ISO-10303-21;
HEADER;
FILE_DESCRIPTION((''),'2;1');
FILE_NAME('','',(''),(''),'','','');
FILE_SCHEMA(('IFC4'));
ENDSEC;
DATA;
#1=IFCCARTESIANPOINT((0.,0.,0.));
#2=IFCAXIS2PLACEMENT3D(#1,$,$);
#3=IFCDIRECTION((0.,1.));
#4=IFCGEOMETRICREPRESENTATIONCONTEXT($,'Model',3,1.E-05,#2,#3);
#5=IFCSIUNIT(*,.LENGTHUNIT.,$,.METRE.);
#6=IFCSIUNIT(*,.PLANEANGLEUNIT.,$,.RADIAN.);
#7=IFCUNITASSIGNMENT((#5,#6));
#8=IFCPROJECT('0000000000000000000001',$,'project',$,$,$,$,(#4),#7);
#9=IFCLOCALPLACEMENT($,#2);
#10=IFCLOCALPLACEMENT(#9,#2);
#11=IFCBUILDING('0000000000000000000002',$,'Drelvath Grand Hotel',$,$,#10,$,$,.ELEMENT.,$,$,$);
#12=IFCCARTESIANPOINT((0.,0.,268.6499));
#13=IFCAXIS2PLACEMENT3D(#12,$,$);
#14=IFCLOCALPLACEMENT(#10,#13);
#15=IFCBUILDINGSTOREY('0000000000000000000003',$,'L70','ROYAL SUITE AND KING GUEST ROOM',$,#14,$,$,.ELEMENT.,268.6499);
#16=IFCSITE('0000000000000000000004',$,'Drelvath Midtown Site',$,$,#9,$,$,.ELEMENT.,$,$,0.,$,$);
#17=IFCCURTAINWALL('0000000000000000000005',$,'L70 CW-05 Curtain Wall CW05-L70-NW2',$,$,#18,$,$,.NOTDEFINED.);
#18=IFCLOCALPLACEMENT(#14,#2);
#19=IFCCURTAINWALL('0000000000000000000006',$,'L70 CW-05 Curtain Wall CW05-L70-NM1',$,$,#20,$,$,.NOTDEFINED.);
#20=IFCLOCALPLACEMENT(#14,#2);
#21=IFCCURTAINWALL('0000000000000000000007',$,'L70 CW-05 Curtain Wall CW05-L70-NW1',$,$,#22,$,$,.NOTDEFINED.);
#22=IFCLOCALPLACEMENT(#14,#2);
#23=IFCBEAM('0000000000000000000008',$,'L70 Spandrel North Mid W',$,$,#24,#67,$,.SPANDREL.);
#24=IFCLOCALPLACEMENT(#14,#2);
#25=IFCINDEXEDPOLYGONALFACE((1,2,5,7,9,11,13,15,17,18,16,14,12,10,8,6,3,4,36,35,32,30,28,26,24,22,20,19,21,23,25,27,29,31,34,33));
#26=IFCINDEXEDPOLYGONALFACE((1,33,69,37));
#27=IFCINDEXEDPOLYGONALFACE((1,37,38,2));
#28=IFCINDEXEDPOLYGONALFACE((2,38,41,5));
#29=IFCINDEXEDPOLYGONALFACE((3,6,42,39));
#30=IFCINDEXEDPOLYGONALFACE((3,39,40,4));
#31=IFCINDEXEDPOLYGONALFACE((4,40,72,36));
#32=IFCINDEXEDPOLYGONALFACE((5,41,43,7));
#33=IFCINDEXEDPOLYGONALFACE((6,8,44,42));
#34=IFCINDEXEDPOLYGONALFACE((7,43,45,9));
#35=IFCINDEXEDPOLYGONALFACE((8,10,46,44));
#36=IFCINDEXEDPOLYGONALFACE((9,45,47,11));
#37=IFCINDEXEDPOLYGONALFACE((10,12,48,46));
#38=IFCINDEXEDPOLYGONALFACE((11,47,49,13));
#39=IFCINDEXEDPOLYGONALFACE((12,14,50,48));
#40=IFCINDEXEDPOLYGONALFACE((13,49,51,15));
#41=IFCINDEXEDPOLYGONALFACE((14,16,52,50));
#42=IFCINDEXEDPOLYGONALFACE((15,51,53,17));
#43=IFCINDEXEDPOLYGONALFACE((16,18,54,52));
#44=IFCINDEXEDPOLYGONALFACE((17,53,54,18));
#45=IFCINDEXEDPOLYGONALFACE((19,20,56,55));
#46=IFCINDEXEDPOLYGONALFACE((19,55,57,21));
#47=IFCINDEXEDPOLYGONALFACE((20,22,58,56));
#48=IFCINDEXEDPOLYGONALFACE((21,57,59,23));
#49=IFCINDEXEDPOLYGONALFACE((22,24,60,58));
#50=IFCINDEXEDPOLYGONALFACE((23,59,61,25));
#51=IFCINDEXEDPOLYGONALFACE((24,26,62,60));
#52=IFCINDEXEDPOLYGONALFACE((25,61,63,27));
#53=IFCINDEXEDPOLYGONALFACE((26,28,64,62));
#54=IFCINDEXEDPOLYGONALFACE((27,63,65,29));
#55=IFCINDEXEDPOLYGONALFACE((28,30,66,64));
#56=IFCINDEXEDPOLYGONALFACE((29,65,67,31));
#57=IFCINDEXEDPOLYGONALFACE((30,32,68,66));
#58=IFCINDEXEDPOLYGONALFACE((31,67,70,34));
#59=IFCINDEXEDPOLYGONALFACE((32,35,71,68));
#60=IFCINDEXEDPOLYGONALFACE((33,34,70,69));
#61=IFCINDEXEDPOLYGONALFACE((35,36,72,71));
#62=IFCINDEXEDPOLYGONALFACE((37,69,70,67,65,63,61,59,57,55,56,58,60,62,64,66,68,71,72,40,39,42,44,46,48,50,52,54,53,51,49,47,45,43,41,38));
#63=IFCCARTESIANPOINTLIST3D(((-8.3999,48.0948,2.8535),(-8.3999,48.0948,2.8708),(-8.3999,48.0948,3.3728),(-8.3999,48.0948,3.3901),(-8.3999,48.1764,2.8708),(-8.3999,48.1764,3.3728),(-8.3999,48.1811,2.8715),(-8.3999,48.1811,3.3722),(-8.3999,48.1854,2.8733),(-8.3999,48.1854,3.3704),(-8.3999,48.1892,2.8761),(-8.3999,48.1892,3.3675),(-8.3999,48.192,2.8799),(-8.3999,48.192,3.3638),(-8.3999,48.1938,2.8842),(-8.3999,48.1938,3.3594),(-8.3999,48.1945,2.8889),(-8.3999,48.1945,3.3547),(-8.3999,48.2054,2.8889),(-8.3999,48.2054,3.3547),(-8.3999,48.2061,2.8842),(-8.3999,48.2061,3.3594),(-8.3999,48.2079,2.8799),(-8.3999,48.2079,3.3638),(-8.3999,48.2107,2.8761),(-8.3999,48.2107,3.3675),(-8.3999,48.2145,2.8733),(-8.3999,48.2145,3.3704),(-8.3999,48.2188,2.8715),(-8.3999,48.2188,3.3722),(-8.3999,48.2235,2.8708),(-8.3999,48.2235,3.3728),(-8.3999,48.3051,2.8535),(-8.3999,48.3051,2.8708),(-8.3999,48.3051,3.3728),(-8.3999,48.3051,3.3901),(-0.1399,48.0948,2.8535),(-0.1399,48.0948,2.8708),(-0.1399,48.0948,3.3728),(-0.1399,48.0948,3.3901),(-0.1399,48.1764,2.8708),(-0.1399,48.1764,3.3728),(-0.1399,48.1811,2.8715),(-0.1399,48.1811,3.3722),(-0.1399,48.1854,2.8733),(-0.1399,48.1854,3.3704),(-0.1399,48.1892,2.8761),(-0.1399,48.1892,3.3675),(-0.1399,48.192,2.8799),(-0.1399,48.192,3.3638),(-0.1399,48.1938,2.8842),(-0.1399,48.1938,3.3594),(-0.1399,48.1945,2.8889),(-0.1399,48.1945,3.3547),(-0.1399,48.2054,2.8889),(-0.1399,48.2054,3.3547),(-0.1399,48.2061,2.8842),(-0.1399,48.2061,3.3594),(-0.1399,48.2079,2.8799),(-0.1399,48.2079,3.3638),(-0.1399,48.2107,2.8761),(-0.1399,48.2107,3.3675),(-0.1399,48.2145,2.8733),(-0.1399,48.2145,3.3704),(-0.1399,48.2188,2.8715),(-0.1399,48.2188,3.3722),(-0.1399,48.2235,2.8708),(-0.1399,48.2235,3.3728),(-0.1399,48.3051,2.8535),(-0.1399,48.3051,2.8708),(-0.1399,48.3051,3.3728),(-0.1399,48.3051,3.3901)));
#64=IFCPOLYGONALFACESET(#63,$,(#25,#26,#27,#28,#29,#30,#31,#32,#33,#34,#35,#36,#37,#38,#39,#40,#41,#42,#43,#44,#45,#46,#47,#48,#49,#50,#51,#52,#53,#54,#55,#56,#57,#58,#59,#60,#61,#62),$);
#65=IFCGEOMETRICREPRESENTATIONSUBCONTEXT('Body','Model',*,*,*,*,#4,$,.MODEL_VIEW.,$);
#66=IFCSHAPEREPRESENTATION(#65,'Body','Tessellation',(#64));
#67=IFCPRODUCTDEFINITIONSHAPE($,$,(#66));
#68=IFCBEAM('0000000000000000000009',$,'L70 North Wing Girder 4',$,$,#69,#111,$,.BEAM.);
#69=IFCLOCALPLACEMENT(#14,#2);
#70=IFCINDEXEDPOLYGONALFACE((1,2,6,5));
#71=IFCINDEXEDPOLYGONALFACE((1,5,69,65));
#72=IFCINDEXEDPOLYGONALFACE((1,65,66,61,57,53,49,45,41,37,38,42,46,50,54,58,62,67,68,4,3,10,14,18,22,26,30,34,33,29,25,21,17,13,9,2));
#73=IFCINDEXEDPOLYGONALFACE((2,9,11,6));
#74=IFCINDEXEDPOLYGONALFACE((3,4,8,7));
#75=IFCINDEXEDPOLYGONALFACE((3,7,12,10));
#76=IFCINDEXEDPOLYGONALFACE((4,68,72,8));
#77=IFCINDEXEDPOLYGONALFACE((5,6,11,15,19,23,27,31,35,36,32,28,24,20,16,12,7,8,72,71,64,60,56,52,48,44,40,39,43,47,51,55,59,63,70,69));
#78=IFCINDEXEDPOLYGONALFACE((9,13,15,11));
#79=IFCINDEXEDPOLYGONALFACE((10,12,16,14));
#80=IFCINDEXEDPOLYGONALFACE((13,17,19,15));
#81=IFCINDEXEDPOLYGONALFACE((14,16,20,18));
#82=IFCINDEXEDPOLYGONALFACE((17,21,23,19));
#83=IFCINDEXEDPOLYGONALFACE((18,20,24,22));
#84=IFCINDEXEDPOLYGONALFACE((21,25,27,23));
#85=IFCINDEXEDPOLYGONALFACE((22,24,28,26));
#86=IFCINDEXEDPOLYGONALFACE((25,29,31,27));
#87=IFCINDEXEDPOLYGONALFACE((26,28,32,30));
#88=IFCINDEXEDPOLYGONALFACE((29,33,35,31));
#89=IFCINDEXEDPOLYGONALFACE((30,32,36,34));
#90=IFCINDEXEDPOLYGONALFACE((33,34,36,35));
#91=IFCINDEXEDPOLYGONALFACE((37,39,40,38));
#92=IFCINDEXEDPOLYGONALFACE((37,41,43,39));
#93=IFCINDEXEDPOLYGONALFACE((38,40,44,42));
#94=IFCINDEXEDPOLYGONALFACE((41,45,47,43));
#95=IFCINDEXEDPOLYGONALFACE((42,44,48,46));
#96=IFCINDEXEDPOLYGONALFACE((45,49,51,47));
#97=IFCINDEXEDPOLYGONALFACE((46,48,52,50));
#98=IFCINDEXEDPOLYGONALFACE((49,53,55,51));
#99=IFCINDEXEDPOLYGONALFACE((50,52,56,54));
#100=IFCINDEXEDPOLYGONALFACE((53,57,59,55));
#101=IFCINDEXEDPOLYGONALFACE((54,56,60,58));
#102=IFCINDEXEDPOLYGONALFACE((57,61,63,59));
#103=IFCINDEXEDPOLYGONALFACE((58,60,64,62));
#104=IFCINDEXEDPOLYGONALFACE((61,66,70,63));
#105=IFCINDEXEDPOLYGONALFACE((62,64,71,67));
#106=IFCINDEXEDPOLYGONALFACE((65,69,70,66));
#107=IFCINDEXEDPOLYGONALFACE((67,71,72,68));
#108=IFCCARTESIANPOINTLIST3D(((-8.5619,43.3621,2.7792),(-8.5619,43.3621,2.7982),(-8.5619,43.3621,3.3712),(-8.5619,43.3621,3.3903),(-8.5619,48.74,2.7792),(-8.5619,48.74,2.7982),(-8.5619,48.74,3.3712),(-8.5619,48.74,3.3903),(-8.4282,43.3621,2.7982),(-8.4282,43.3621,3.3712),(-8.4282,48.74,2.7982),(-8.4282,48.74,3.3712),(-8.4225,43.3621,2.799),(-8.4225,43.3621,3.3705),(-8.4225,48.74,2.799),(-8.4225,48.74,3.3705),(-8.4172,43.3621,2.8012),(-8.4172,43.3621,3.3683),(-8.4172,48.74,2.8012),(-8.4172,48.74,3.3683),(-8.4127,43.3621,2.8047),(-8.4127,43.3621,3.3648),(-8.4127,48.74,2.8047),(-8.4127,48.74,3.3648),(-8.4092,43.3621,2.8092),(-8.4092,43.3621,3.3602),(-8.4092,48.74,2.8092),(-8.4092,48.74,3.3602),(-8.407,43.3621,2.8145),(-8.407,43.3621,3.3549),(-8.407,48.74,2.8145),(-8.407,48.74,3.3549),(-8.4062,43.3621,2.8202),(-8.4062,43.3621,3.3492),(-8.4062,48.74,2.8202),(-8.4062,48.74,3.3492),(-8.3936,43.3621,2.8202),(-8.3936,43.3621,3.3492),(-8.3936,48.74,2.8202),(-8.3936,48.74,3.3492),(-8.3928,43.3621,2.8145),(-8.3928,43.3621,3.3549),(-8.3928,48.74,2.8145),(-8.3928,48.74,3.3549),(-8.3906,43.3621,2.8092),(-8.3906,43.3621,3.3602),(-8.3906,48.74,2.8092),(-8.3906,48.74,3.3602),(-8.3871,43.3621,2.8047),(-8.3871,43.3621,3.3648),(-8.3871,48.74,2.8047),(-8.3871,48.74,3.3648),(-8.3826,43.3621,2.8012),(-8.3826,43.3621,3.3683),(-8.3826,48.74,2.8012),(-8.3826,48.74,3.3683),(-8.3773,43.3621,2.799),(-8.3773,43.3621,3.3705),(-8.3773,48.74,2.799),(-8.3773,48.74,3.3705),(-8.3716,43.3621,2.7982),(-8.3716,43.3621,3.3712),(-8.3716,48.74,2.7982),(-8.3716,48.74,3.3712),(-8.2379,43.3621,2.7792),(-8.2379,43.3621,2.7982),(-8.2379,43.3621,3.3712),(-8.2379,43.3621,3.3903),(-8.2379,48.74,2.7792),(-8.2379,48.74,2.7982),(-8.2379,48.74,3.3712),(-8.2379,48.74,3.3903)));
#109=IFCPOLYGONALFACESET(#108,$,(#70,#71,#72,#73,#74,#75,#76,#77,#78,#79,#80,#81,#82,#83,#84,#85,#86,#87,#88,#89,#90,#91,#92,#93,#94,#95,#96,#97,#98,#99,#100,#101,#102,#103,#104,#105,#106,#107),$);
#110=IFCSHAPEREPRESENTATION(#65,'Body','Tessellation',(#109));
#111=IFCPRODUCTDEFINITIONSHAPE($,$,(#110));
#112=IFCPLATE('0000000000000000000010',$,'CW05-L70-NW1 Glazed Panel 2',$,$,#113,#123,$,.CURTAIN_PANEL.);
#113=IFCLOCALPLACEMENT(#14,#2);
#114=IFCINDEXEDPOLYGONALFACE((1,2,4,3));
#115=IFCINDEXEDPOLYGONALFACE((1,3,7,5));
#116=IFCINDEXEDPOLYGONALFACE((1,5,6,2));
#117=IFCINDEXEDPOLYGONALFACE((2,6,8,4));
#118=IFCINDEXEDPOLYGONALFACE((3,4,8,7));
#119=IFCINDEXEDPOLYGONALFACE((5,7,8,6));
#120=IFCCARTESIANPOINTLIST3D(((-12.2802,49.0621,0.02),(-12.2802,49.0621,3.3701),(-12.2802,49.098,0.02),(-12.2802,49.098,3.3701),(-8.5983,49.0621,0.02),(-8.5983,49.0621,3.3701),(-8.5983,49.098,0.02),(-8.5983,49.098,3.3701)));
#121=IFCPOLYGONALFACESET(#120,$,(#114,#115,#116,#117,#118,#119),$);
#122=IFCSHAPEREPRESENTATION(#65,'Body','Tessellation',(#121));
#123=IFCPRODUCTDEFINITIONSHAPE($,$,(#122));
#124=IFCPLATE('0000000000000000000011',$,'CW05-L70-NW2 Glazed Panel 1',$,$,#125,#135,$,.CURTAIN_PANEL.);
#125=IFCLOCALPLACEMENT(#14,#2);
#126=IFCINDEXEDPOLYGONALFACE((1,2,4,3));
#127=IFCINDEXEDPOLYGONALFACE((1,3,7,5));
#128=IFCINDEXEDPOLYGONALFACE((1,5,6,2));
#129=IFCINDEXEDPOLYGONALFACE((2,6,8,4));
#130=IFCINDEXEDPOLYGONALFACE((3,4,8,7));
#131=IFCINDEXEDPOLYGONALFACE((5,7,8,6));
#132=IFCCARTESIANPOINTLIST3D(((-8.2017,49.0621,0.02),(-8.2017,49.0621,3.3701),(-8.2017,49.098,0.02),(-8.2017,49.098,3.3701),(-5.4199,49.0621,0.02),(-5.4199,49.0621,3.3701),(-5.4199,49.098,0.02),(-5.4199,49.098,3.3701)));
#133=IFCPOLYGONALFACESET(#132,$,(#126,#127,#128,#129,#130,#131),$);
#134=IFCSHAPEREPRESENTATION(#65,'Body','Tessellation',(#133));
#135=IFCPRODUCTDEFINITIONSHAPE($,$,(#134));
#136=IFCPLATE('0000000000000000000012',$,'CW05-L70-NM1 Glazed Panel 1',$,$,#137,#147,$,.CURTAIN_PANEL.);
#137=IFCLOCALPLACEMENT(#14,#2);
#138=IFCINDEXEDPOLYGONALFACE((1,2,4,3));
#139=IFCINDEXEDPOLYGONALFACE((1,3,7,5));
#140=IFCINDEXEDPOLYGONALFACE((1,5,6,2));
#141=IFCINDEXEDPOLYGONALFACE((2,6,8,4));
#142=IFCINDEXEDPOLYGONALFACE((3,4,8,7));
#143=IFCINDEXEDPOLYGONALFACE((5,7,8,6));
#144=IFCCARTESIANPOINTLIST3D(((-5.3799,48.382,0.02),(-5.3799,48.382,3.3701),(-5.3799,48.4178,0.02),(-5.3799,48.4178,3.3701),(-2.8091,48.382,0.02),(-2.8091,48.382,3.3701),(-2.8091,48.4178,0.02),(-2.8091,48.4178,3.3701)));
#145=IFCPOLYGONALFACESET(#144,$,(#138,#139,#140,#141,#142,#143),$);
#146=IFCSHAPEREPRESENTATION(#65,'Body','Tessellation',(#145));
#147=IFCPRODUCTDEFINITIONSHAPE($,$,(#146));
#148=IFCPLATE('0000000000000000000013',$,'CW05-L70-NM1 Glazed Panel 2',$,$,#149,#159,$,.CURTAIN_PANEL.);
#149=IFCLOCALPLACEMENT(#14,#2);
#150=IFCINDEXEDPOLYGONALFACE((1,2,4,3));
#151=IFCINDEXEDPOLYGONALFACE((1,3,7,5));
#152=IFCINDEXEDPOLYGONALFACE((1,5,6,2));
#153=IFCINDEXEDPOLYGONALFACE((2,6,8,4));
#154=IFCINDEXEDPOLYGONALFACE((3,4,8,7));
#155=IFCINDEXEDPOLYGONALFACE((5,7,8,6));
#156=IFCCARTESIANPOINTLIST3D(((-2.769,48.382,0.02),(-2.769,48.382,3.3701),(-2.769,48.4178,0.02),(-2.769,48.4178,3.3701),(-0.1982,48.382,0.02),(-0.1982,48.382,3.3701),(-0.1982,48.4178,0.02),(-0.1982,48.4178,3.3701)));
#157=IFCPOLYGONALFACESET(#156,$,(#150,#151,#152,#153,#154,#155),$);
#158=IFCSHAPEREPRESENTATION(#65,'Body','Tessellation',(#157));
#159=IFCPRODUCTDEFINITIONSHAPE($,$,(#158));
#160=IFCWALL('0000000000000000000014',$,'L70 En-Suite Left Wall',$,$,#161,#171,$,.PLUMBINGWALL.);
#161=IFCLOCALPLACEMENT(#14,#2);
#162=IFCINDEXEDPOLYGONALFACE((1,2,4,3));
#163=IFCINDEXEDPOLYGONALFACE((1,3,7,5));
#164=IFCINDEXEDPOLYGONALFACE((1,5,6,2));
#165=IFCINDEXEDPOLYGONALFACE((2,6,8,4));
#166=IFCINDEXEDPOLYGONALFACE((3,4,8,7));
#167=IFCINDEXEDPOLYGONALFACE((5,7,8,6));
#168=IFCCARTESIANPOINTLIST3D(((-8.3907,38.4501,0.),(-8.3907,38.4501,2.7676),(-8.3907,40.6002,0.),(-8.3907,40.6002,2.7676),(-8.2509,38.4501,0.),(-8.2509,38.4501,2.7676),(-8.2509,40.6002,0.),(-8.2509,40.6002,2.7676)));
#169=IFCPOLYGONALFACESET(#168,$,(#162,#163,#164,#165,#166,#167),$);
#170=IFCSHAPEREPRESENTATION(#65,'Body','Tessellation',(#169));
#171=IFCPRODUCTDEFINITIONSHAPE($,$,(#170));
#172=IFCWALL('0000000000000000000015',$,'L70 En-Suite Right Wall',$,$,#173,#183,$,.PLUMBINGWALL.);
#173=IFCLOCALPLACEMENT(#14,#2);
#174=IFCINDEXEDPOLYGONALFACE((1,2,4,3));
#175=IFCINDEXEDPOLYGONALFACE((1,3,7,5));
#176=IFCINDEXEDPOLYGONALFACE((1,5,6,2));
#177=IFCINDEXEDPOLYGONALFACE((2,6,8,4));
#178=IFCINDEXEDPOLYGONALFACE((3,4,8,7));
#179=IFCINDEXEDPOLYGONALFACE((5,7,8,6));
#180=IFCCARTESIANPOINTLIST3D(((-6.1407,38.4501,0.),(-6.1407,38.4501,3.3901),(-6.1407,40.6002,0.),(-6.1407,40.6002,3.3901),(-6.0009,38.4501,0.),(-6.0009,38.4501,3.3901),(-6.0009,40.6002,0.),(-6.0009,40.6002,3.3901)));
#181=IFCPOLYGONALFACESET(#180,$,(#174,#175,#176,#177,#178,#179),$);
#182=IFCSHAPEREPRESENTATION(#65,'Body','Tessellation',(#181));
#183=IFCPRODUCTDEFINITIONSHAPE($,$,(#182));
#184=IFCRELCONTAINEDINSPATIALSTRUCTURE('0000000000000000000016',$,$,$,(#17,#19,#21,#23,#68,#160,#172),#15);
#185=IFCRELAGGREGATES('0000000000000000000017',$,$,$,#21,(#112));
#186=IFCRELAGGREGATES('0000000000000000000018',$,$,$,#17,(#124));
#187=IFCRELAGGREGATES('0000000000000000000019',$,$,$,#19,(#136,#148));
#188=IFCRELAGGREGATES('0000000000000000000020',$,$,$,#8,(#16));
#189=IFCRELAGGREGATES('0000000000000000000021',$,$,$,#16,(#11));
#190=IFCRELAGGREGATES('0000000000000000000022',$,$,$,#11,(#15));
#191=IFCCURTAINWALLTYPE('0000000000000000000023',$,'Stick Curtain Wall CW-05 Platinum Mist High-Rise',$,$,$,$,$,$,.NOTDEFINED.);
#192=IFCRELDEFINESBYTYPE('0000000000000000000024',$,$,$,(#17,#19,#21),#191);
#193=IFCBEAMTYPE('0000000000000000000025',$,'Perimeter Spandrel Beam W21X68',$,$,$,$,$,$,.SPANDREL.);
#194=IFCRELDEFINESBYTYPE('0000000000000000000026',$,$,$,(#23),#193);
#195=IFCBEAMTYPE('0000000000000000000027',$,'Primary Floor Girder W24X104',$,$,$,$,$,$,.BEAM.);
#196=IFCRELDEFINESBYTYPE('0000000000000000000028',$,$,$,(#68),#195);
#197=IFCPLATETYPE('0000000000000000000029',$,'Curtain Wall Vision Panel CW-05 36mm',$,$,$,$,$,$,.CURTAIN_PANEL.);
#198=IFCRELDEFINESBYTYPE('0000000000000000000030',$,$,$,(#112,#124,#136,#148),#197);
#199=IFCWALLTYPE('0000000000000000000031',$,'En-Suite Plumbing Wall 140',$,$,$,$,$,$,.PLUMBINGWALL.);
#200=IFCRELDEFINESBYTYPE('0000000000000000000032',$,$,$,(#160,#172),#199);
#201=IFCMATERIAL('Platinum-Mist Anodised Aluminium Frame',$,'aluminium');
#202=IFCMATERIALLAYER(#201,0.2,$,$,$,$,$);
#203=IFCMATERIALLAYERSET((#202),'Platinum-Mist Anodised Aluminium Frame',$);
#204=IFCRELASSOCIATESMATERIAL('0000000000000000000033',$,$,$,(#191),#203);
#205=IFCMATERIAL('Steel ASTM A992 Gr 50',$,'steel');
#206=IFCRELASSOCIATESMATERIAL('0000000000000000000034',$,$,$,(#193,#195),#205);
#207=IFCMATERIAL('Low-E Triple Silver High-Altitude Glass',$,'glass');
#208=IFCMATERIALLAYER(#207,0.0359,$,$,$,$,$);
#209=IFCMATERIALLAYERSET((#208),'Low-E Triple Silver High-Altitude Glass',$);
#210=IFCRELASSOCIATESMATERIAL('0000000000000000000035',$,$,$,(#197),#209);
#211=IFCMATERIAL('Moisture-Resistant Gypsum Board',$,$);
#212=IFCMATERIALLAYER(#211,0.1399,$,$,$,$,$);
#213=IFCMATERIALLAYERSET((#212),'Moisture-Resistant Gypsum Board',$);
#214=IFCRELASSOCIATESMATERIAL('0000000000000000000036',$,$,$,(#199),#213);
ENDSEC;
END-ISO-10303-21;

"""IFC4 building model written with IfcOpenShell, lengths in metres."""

from ifc_helpers import new_model, si_unit, direction, frame, frame_2d, origin, origin_2d, place, context, subcontext, project, spatial, rectangle, i_section, extrude, material, layer, layer_set, material_profile, profile_set, type_object, element, aggregate, save


model = new_model("IFC4")

# Units and contexts
model_context = context("Model", 3, precision=1e-05, world=origin(), true_north=direction((0.0, 1.0)))
body_context = subcontext(model_context, "Body", "Model", "MODEL_VIEW")
ifc_project = project(units=[si_unit("LENGTHUNIT", "METRE"), si_unit("PLANEANGLEUNIT", "RADIAN")], contexts=[model_context])

# Site, building, storey
site_placement = place(None, origin())
site = spatial("IfcSite", under=ifc_project, at=site_placement, Name="Drelvath Midtown Site", CompositionType="ELEMENT", RefElevation=0.0)
building_placement = place(site_placement, origin())
building = spatial("IfcBuilding", under=site, at=building_placement, Name="Drelvath Grand Hotel", CompositionType="ELEMENT")
storey_placement = place(building_placement, frame((0.0, 0.0, 268.6499)))
storey = spatial("IfcBuildingStorey", under=building, at=storey_placement, Name="L70", Description="ROYAL SUITE AND KING GUEST ROOM", CompositionType="ELEMENT", Elevation=268.6499)

# Curtain walls
ifc_material_1 = material(Name="Platinum-Mist Anodised Aluminium Frame", Category="aluminium")
ifc_layer_1 = layer(ifc_material_1, 0.2)
ifc_layer_set_1 = layer_set([ifc_layer_1], Name="Platinum-Mist Anodised Aluminium Frame")
curtain_wall_type = type_object("IfcCurtainWallType", Name="Stick Curtain Wall CW-05 Platinum Mist High-Rise", PredefinedType="NOTDEFINED", material=ifc_layer_set_1)
curtain_wall_1_placement = place(storey_placement, origin())
curtain_wall_1 = element("IfcCurtainWall", 1, at=curtain_wall_1_placement, inside=storey, type_object=curtain_wall_type, Name="L70 CW-05 Curtain Wall CW05-L70-NW2", PredefinedType="NOTDEFINED")
curtain_wall_2_placement = place(storey_placement, origin())
curtain_wall_2 = element("IfcCurtainWall", 2, at=curtain_wall_2_placement, inside=storey, type_object=curtain_wall_type, Name="L70 CW-05 Curtain Wall CW05-L70-NM1", PredefinedType="NOTDEFINED")
curtain_wall_3_placement = place(storey_placement, origin())
curtain_wall_3 = element("IfcCurtainWall", 3, at=curtain_wall_3_placement, inside=storey, type_object=curtain_wall_type, Name="L70 CW-05 Curtain Wall CW05-L70-NW1", PredefinedType="NOTDEFINED")

# Beams
ifc_material_2 = material(Name="Steel ASTM A992 Gr 50", Category="steel")
ifc_material_profile_1 = material_profile(ifc_material_2, i_section(OverallWidth=0.2102, OverallDepth=0.5366, WebThickness=0.011, FlangeThickness=0.0173, FilletRadius=0.0181, at=origin_2d()), Name="W21X68")
ifc_profile_set_1 = profile_set([ifc_material_profile_1], Name="Steel ASTM A992 Gr 50")
beam_type_1 = type_object("IfcBeamType", Name="Perimeter Spandrel Beam W21X68", PredefinedType="SPANDREL", material=ifc_profile_set_1)
beam_1_placement = place(storey_placement, frame((-8.3999, 48.2, 3.1218), z_axis=(1.0, 0.0, 0.0), x_axis=(0.0, 1.0, 0.0)))
element("IfcBeam", 4, at=beam_1_placement, inside=storey, type_object=beam_type_1, Name="L70 Spandrel North Mid W", PredefinedType="SPANDREL", context=body_context, shape_type="SweptSolid", body=[
    extrude(i_section(OverallWidth=0.2102, OverallDepth=0.5366, WebThickness=0.011, FlangeThickness=0.0173, FilletRadius=0.0181, at=origin_2d()), origin(), (0.0, 0.0, 1.0), 8.26),
])
ifc_material_profile_2 = material_profile(ifc_material_2, i_section(OverallWidth=0.324, OverallDepth=0.6111, WebThickness=0.0127, FlangeThickness=0.019, FilletRadius=0.022, at=origin_2d()), Name="W24X104")
ifc_profile_set_2 = profile_set([ifc_material_profile_2], Name="Steel ASTM A992 Gr 50")
beam_type_2 = type_object("IfcBeamType", Name="Primary Floor Girder W24X104", PredefinedType="BEAM", material=ifc_profile_set_2)
beam_2_placement = place(storey_placement, frame((-8.3999, 43.3621, 3.0847), z_axis=(0.0, 1.0, 0.0), x_axis=(-1.0, 0.0, 0.0)))
element("IfcBeam", 5, at=beam_2_placement, inside=storey, type_object=beam_type_2, Name="L70 North Wing Girder 4", PredefinedType="BEAM", context=body_context, shape_type="SweptSolid", body=[
    extrude(i_section(OverallWidth=0.324, OverallDepth=0.6111, WebThickness=0.0127, FlangeThickness=0.019, FilletRadius=0.022, at=origin_2d()), origin(), (0.0, 0.0, 1.0), 5.3779),
])

# Plates
ifc_material_3 = material(Name="Low-E Triple Silver High-Altitude Glass", Category="glass")
ifc_layer_2 = layer(ifc_material_3, 0.0359)
ifc_layer_set_2 = layer_set([ifc_layer_2], Name="Low-E Triple Silver High-Altitude Glass")
plate_type = type_object("IfcPlateType", Name="Curtain Wall Vision Panel CW-05 36mm", PredefinedType="CURTAIN_PANEL", material=ifc_layer_set_2)
plate_1_placement = place(storey_placement, frame((-10.4392, 49.0801, 0.02), z_axis=(0.0, 0.0, 1.0), x_axis=(1.0, 0.0, 0.0)))
plate_1 = element("IfcPlate", 6, at=plate_1_placement, type_object=plate_type, Name="CW05-L70-NW1 Glazed Panel 2", PredefinedType="CURTAIN_PANEL", context=body_context, shape_type="SweptSolid", body=[
    extrude(rectangle(XDim=3.6819, YDim=0.0359, at=origin_2d()), origin(), (0.0, 0.0, 1.0), 3.3501),
])
aggregate(curtain_wall_3, [plate_1])
plate_2_placement = place(storey_placement, frame((-6.8108, 49.0801, 0.02), z_axis=(0.0, 0.0, 1.0), x_axis=(1.0, 0.0, 0.0)))
plate_2 = element("IfcPlate", 7, at=plate_2_placement, type_object=plate_type, Name="CW05-L70-NW2 Glazed Panel 1", PredefinedType="CURTAIN_PANEL", context=body_context, shape_type="SweptSolid", body=[
    extrude(rectangle(XDim=2.7817, YDim=0.0359, at=origin_2d()), origin(), (0.0, 0.0, 1.0), 3.3501),
])
aggregate(curtain_wall_1, [plate_2])
plate_3_placement = place(storey_placement, frame((-4.0945, 48.3999, 0.02), z_axis=(0.0, 0.0, 1.0), x_axis=(1.0, 0.0, 0.0)))
plate_3 = element("IfcPlate", 8, at=plate_3_placement, type_object=plate_type, Name="CW05-L70-NM1 Glazed Panel 1", PredefinedType="CURTAIN_PANEL", context=body_context, shape_type="SweptSolid", body=[
    extrude(rectangle(XDim=2.5708, YDim=0.0359, at=origin_2d()), origin(), (0.0, 0.0, 1.0), 3.3501),
])
plate_4_placement = place(storey_placement, frame((-1.4836, 48.3999, 0.02), z_axis=(0.0, 0.0, 1.0), x_axis=(1.0, 0.0, 0.0)))
plate_4 = element("IfcPlate", 9, at=plate_4_placement, type_object=plate_type, Name="CW05-L70-NM1 Glazed Panel 2", PredefinedType="CURTAIN_PANEL", context=body_context, shape_type="SweptSolid", body=[
    extrude(rectangle(XDim=2.5708, YDim=0.0359, at=origin_2d()), origin(), (0.0, 0.0, 1.0), 3.3501),
])
aggregate(curtain_wall_2, [plate_3, plate_4])

# Walls
ifc_material_4 = material(Name="Moisture-Resistant Gypsum Board")
ifc_layer_3 = layer(ifc_material_4, 0.1399)
ifc_layer_set_3 = layer_set([ifc_layer_3], Name="Moisture-Resistant Gypsum Board")
wall_type_1 = type_object("IfcWallType", Name="En-Suite Plumbing Wall 140", PredefinedType="PLUMBINGWALL", material=ifc_layer_set_3)
wall_1_placement = place(storey_placement, frame((-8.3208, 38.45, 0.0), z_axis=(0.0, 0.0, 1.0), x_axis=(0.0, 1.0, 0.0)))
element("IfcWall", 10, at=wall_1_placement, inside=storey, type_object=wall_type_1, Name="L70 En-Suite Left Wall", PredefinedType="PLUMBINGWALL", context=body_context, shape_type="SweptSolid", body=[
    extrude(rectangle(XDim=2.1501, YDim=0.1399, at=frame_2d((1.0752, 0.0))), origin(), (0.0, 0.0, 1.0), 2.7676),
])
wall_2_placement = place(storey_placement, frame((-6.0708, 38.45, 0.0), z_axis=(0.0, 0.0, 1.0), x_axis=(0.0, 1.0, 0.0)))
element("IfcWall", 11, at=wall_2_placement, inside=storey, type_object=wall_type_1, Name="L70 En-Suite Right Wall", PredefinedType="PLUMBINGWALL", context=body_context, shape_type="SweptSolid", body=[
    extrude(rectangle(XDim=2.1501, YDim=0.1399, at=frame_2d((1.0752, 0.0))), origin(), (0.0, 0.0, 1.0), 3.3901),
])

save(model, "model.ifc")
